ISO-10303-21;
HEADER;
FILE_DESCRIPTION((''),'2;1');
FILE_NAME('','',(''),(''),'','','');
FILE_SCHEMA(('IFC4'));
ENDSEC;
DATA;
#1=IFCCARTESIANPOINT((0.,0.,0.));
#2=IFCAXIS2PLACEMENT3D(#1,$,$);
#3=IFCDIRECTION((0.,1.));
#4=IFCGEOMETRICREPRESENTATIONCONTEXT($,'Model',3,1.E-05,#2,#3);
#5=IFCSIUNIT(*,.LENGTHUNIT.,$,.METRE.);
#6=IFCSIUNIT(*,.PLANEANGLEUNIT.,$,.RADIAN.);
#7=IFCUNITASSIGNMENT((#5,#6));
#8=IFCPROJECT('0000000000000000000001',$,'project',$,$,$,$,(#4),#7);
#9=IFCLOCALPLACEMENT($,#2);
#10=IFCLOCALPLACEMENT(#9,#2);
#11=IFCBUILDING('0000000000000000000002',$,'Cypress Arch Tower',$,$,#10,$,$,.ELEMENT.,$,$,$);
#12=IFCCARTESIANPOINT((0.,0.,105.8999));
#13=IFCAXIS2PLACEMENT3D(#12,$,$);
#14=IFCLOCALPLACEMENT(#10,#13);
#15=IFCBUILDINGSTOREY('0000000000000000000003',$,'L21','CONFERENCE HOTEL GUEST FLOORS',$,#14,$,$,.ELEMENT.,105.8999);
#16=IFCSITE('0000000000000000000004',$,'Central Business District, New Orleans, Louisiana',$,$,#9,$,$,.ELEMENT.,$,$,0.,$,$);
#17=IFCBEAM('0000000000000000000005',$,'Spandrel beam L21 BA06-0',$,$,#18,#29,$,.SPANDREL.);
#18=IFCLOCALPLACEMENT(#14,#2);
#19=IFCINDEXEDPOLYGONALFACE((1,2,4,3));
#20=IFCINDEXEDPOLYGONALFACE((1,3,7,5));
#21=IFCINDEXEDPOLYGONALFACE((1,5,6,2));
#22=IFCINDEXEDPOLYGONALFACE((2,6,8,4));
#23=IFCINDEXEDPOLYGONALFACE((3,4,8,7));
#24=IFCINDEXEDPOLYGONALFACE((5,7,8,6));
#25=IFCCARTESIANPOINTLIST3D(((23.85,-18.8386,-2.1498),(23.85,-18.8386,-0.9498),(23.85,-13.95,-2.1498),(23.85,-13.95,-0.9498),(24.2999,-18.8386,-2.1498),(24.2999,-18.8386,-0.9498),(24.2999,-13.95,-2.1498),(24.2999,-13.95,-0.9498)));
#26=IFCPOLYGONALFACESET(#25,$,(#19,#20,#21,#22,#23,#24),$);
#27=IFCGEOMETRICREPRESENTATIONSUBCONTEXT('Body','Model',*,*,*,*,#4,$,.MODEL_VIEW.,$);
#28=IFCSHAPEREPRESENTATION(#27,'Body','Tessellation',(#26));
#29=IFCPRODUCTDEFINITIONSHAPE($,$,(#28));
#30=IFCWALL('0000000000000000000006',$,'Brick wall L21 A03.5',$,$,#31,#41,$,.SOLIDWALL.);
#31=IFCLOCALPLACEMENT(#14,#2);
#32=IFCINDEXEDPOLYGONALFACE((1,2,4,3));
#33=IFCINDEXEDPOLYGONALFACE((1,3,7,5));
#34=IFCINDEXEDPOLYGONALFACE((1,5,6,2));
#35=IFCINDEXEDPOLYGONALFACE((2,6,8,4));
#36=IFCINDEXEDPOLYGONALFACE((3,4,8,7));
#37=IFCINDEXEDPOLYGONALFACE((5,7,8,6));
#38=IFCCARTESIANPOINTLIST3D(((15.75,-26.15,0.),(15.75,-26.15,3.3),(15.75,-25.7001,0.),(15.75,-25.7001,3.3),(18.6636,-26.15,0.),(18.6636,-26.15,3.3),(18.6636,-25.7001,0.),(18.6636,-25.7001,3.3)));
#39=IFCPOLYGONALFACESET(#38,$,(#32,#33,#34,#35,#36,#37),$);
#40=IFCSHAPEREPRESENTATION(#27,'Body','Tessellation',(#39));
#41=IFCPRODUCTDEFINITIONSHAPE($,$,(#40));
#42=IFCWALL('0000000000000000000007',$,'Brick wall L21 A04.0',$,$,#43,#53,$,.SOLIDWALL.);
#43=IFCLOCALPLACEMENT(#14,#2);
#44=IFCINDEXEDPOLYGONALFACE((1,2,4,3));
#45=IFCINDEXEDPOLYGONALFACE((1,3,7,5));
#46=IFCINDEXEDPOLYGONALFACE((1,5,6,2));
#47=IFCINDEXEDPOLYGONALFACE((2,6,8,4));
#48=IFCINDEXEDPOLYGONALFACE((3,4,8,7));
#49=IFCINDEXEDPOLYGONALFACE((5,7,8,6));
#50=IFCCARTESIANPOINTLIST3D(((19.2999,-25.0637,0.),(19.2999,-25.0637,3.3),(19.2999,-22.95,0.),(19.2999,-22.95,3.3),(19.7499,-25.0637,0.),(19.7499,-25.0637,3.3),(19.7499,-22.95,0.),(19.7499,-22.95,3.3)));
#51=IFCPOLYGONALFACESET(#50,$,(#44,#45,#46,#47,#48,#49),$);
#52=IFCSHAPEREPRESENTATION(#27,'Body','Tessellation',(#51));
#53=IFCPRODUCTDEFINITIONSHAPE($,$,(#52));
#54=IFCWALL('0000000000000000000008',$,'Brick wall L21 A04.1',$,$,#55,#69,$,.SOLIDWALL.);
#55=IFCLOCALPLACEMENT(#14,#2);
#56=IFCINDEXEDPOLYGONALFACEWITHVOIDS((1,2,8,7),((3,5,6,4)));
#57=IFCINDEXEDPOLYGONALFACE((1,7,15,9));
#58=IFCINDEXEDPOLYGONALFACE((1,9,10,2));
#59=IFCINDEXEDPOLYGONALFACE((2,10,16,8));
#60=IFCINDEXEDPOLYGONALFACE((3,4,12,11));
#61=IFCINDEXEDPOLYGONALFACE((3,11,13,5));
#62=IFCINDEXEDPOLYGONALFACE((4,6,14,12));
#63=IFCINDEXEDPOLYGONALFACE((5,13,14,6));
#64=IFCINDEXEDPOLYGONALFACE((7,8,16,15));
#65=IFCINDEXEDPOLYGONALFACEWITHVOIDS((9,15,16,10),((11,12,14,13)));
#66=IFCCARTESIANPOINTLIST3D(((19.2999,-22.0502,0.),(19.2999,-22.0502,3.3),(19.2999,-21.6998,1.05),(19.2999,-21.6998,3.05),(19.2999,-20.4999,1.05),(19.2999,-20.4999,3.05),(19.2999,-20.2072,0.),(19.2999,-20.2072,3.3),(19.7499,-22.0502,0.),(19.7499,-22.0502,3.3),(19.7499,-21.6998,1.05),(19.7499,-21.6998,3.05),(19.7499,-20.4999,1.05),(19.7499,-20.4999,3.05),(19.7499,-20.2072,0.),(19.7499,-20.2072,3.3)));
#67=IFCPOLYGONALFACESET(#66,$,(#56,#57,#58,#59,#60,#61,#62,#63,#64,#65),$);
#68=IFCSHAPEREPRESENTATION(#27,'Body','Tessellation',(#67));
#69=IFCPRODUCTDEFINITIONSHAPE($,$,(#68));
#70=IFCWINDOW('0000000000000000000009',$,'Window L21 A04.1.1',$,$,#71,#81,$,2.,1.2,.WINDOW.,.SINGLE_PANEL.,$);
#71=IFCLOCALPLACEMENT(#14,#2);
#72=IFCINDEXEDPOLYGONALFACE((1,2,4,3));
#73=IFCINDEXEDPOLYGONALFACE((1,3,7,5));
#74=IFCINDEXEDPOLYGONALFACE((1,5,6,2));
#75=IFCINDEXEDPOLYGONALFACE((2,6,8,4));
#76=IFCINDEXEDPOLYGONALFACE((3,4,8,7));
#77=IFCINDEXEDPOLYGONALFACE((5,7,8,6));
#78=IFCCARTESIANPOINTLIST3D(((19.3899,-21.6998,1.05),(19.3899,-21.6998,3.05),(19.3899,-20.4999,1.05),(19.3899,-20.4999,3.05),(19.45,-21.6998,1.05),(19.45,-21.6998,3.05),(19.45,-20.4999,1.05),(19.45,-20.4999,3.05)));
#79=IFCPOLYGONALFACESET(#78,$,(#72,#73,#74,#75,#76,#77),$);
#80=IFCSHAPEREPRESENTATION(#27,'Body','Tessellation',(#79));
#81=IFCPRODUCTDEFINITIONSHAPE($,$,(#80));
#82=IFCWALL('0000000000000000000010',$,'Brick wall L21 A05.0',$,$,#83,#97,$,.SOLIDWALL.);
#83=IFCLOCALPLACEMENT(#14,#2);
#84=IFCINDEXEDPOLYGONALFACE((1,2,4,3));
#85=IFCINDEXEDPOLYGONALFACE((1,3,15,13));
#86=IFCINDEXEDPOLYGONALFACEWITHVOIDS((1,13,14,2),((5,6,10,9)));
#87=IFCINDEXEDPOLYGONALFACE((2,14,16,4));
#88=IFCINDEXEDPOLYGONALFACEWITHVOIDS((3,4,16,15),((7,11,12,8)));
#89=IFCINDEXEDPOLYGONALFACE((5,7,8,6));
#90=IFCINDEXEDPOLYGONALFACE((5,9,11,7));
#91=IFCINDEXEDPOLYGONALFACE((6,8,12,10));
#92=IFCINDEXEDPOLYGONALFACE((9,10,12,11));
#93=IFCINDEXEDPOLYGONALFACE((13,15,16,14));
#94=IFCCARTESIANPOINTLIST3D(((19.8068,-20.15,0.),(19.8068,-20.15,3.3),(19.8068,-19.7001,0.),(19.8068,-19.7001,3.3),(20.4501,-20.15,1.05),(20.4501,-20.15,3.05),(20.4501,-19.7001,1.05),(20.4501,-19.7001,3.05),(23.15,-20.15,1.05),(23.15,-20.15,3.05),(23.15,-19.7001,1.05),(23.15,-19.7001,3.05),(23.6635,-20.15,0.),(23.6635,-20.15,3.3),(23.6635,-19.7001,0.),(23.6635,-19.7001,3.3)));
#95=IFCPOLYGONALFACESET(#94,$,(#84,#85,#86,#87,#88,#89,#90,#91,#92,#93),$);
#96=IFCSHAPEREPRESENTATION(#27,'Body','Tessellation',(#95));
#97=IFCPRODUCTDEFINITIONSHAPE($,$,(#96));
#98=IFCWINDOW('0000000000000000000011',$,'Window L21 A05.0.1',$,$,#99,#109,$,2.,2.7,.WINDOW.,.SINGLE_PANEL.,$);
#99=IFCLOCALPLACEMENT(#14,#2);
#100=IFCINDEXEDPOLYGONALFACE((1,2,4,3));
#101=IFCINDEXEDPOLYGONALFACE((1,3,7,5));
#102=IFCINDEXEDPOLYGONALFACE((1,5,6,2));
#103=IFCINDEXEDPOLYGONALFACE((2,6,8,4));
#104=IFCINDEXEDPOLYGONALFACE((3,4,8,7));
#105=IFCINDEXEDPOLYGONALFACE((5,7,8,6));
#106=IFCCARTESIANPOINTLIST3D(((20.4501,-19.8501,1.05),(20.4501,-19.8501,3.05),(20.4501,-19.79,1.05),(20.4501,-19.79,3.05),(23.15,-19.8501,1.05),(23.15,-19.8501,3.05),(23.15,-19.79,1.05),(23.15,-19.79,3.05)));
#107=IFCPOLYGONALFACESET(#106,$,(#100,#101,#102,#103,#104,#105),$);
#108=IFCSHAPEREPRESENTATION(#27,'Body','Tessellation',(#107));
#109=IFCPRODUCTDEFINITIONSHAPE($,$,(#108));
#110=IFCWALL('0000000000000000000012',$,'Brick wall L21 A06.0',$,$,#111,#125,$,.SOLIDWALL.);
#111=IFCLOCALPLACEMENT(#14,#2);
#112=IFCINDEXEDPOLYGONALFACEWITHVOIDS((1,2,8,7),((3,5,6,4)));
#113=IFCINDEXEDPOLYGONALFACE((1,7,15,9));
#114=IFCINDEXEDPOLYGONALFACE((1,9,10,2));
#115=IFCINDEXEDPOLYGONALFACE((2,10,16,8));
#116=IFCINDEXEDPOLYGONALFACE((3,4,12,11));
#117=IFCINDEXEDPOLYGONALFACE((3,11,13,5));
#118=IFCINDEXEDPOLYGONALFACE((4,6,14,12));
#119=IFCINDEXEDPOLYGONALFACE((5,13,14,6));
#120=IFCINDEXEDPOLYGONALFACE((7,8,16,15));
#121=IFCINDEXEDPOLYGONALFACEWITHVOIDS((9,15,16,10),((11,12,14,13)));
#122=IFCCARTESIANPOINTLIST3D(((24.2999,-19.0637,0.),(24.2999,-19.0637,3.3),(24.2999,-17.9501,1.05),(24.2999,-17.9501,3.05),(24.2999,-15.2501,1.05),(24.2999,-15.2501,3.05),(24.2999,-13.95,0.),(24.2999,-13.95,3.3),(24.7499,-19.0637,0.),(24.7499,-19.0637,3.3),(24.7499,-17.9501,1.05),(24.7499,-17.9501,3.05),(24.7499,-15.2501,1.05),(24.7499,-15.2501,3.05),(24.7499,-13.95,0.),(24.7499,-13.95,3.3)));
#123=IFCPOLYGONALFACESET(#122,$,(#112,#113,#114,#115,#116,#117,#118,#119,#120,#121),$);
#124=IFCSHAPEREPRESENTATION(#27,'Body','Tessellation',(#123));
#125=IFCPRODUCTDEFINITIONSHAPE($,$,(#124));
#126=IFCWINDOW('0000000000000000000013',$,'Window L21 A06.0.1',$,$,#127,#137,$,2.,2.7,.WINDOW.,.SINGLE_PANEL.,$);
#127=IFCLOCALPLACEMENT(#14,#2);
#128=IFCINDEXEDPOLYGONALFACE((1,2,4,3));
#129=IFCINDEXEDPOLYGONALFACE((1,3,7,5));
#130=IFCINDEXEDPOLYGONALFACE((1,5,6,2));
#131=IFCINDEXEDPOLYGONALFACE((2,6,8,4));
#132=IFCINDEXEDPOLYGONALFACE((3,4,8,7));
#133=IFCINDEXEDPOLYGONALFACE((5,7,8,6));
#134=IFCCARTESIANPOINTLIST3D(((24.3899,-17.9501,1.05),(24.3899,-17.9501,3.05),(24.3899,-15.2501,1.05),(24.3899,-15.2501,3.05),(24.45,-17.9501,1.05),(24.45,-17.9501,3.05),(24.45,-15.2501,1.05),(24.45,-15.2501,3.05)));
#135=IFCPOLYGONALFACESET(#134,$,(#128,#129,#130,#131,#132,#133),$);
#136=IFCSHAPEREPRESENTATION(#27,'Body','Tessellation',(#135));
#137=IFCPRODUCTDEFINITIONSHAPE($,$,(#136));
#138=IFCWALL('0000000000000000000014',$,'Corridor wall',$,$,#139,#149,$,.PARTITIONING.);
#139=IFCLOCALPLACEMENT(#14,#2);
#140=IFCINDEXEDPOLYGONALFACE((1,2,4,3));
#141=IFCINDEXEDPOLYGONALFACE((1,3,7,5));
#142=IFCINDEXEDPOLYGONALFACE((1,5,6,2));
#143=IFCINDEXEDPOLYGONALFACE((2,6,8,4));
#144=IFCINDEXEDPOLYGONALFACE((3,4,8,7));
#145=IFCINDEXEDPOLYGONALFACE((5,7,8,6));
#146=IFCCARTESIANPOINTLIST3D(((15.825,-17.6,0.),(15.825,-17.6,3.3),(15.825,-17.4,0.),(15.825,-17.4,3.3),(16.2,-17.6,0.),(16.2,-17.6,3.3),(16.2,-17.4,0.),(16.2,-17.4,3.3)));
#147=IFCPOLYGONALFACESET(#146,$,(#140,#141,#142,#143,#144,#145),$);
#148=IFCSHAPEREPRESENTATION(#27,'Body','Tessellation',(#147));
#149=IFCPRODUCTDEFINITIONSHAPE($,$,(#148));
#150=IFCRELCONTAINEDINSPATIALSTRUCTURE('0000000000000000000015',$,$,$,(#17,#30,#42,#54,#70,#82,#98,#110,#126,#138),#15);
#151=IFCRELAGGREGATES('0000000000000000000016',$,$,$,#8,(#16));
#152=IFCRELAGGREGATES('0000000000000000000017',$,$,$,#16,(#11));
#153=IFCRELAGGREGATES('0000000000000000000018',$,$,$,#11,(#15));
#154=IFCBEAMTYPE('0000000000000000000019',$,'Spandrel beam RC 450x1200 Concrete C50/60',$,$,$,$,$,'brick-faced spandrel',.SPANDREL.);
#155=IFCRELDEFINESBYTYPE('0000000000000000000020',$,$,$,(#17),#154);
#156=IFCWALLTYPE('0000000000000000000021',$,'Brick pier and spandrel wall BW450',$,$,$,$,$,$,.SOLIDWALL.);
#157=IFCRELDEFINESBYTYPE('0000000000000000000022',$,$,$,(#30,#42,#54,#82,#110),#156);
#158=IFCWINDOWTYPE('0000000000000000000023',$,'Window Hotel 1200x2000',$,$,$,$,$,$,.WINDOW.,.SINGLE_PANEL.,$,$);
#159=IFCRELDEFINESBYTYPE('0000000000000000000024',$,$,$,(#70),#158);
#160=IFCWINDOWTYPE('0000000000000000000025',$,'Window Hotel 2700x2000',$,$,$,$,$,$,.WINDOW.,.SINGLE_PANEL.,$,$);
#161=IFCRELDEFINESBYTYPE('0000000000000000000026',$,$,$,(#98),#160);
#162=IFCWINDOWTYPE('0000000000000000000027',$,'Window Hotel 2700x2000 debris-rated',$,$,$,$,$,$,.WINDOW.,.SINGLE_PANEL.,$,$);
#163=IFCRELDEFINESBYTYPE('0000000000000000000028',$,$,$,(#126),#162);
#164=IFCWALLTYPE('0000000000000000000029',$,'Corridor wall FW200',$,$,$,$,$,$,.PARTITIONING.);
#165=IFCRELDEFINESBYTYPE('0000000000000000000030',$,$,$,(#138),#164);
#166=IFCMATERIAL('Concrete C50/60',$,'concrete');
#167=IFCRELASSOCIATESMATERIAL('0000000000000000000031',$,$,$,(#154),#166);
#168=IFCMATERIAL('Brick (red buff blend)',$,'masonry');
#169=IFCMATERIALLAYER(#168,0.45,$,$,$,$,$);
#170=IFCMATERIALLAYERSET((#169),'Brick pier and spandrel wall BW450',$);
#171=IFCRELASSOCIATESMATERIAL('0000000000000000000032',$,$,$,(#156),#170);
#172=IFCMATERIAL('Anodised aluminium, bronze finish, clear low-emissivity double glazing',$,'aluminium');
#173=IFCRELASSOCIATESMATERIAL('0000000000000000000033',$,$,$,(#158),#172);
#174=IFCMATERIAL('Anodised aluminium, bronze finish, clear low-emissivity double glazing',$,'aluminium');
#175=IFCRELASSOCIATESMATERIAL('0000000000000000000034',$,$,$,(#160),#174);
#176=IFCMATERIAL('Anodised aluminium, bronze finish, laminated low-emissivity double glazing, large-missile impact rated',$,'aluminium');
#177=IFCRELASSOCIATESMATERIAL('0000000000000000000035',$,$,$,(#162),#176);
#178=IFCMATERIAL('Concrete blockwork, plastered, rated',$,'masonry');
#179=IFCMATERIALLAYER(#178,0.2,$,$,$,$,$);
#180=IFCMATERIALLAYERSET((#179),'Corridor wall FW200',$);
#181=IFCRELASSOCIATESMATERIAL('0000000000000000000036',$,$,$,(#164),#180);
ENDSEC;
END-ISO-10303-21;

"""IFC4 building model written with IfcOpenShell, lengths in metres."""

from ifc_helpers import new_model, si_unit, direction, frame, frame_2d, origin, origin_2d, place, context, subcontext, project, spatial, rectangle, extrude, material, layer, layer_set, material_profile, profile_set, type_object, element, fill, save


model = new_model("IFC4")

# Units and contexts
model_context = context("Model", 3, precision=1e-05, world=origin(), true_north=direction((0.0, 1.0)))
body_context = subcontext(model_context, "Body", "Model", "MODEL_VIEW")
ifc_project = project(units=[si_unit("LENGTHUNIT", "METRE"), si_unit("PLANEANGLEUNIT", "RADIAN")], contexts=[model_context])

# Site, building, storey
site_placement = place(None, origin())
site = spatial("IfcSite", under=ifc_project, at=site_placement, Name="Central Business District, New Orleans, Louisiana", CompositionType="ELEMENT", RefElevation=0.0)
building_placement = place(site_placement, origin())
building = spatial("IfcBuilding", under=site, at=building_placement, Name="Cypress Arch Tower", CompositionType="ELEMENT")
storey_placement = place(building_placement, frame((0.0, 0.0, 105.8999)))
storey = spatial("IfcBuildingStorey", under=building, at=storey_placement, Name="L21", Description="CONFERENCE HOTEL GUEST FLOORS", CompositionType="ELEMENT", Elevation=105.8999)

# Beam
ifc_material_1 = material(Name="Concrete C50/60", Category="concrete")
ifc_material_profile_1 = material_profile(ifc_material_1, rectangle(XDim=0.45, YDim=1.2, at=origin_2d()), Name="RC 450x1200")
ifc_profile_set_1 = profile_set([ifc_material_profile_1], Name="Concrete C50/60")
beam_type = type_object("IfcBeamType", Name="Spandrel beam RC 450x1200 Concrete C50/60", ElementType="brick-faced spandrel", PredefinedType="SPANDREL", material=ifc_profile_set_1)
beam_1_placement = place(storey_placement, frame((24.075, -18.8386, -1.5498), z_axis=(0.0, 1.0, 0.0), x_axis=(-1.0, 0.0, 0.0)))
element("IfcBeam", 1, at=beam_1_placement, inside=storey, type_object=beam_type, Name="Spandrel beam L21 BA06-0", PredefinedType="SPANDREL", context=body_context, shape_type="SweptSolid", body=[
    extrude(rectangle(XDim=0.45, YDim=1.2, at=origin_2d()), origin(), (0.0, 0.0, 1.0), 4.8887),
])

# Walls
ifc_material_2 = material(Name="Brick (red buff blend)", Category="masonry")
ifc_layer_1 = layer(ifc_material_2, 0.45)
ifc_layer_set_1 = layer_set([ifc_layer_1], Name="Brick pier and spandrel wall BW450")
wall_type_1 = type_object("IfcWallType", Name="Brick pier and spandrel wall BW450", PredefinedType="SOLIDWALL", material=ifc_layer_set_1)
wall_1_placement = place(storey_placement, frame((15.75, -25.925, 0.0), z_axis=(0.0, 0.0, 1.0), x_axis=(1.0, 0.0, 0.0)))
element("IfcWall", 2, at=wall_1_placement, inside=storey, type_object=wall_type_1, Name="Brick wall L21 A03.5", PredefinedType="SOLIDWALL", context=body_context, shape_type="SweptSolid", body=[
    extrude(rectangle(XDim=2.9136, YDim=0.45, at=frame_2d((1.4568, 0.0))), origin(), (0.0, 0.0, 1.0), 3.3),
])
wall_2_placement = place(storey_placement, frame((19.5249, -25.0637, 0.0), z_axis=(0.0, 0.0, 1.0), x_axis=(0.0, 1.0, 0.0)))
element("IfcWall", 3, at=wall_2_placement, inside=storey, type_object=wall_type_1, Name="Brick wall L21 A04.0", PredefinedType="SOLIDWALL", context=body_context, shape_type="SweptSolid", body=[
    extrude(rectangle(XDim=2.1138, YDim=0.45, at=frame_2d((1.0569, 0.0))), origin(), (0.0, 0.0, 1.0), 3.3),
])

# Walls, openings, windows
wall_3_placement = place(storey_placement, frame((19.5249, -22.05, 0.0), z_axis=(0.0, 0.0, 1.0), x_axis=(0.0, 1.0, 0.0)))
wall_3 = element("IfcWall", 4, at=wall_3_placement, inside=storey, type_object=wall_type_1, Name="Brick wall L21 A04.1", PredefinedType="SOLIDWALL", context=body_context, shape_type="SweptSolid", body=[
    extrude(rectangle(XDim=1.843, YDim=0.45, at=frame_2d((0.9214, 0.0))), origin(), (0.0, 0.0, 1.0), 3.3),
])
opening_1_placement = place(wall_3_placement, frame((0.3501, 0.0, 1.05)))
opening_1 = element("IfcOpeningElement", 5, at=opening_1_placement, cuts=wall_3, PredefinedType="OPENING", context=body_context, shape_type="SweptSolid", body=[
    extrude(rectangle(XDim=1.2, YDim=2.0, at=frame_2d((0.6001, 1.0))), frame((0.0, 0.2349, 0.0), z_axis=(0.0, -1.0, 0.0), x_axis=(1.0, 0.0, 0.0)), (0.0, 0.0, 1.0), 0.47),
])
ifc_material_3 = material(Name="Anodised aluminium, bronze finish, clear low-emissivity double glazing", Category="aluminium")
window_type_1 = type_object("IfcWindowType", Name="Window Hotel 1200x2000", PartitioningType="SINGLE_PANEL", PredefinedType="WINDOW", material=ifc_material_3)
window_1_placement = place(opening_1_placement, origin())
window_1 = element("IfcWindow", 6, at=window_1_placement, inside=storey, type_object=window_type_1, Name="Window L21 A04.1.1", OverallHeight=2.0, OverallWidth=1.2, PartitioningType="SINGLE_PANEL", PredefinedType="WINDOW", context=body_context, shape_type="SweptSolid", body=[
    extrude(rectangle(XDim=1.2, YDim=2.0, at=frame_2d((0.6001, 1.0))), frame((0.0, 0.135, 0.0), z_axis=(0.0, -1.0, 0.0), x_axis=(1.0, 0.0, 0.0)), (0.0, 0.0, 1.0), 0.0601),
])
fill(opening_1, window_1)
wall_4_placement = place(storey_placement, frame((19.8069, -19.925, 0.0), z_axis=(0.0, 0.0, 1.0), x_axis=(1.0, 0.0, 0.0)))
wall_4 = element("IfcWall", 7, at=wall_4_placement, inside=storey, type_object=wall_type_1, Name="Brick wall L21 A05.0", PredefinedType="SOLIDWALL", context=body_context, shape_type="SweptSolid", body=[
    extrude(rectangle(XDim=3.8567, YDim=0.45, at=frame_2d((1.9282, 0.0))), origin(), (0.0, 0.0, 1.0), 3.3),
])
opening_2_placement = place(wall_4_placement, frame((0.6431, 0.0, 1.05)))
opening_2 = element("IfcOpeningElement", 8, at=opening_2_placement, cuts=wall_4, PredefinedType="OPENING", context=body_context, shape_type="SweptSolid", body=[
    extrude(rectangle(XDim=2.7, YDim=2.0, at=frame_2d((1.3501, 1.0))), frame((0.0, 0.2349, 0.0), z_axis=(0.0, -1.0, 0.0), x_axis=(1.0, 0.0, 0.0)), (0.0, 0.0, 1.0), 0.47),
])
ifc_material_4 = material(Name="Anodised aluminium, bronze finish, clear low-emissivity double glazing", Category="aluminium")
window_type_2 = type_object("IfcWindowType", Name="Window Hotel 2700x2000", PartitioningType="SINGLE_PANEL", PredefinedType="WINDOW", material=ifc_material_4)
window_2_placement = place(opening_2_placement, origin())
window_2 = element("IfcWindow", 9, at=window_2_placement, inside=storey, type_object=window_type_2, Name="Window L21 A05.0.1", OverallHeight=2.0, OverallWidth=2.7, PartitioningType="SINGLE_PANEL", PredefinedType="WINDOW", context=body_context, shape_type="SweptSolid", body=[
    extrude(rectangle(XDim=2.7, YDim=2.0, at=frame_2d((1.3501, 1.0))), frame((0.0, 0.135, 0.0), z_axis=(0.0, -1.0, 0.0), x_axis=(1.0, 0.0, 0.0)), (0.0, 0.0, 1.0), 0.0601),
])
fill(opening_2, window_2)
wall_5_placement = place(storey_placement, frame((24.5249, -19.0637, 0.0), z_axis=(0.0, 0.0, 1.0), x_axis=(0.0, 1.0, 0.0)))
wall_5 = element("IfcWall", 10, at=wall_5_placement, inside=storey, type_object=wall_type_1, Name="Brick wall L21 A06.0", PredefinedType="SOLIDWALL", context=body_context, shape_type="SweptSolid", body=[
    extrude(rectangle(XDim=5.1138, YDim=0.45, at=frame_2d((2.5569, 0.0))), origin(), (0.0, 0.0, 1.0), 3.3),
])
opening_3_placement = place(wall_5_placement, frame((1.1135, 0.0, 1.05)))
opening_3 = element("IfcOpeningElement", 11, at=opening_3_placement, cuts=wall_5, PredefinedType="OPENING", context=body_context, shape_type="SweptSolid", body=[
    extrude(rectangle(XDim=2.7, YDim=2.0, at=frame_2d((1.3501, 1.0))), frame((0.0, 0.2349, 0.0), z_axis=(0.0, -1.0, 0.0), x_axis=(1.0, 0.0, 0.0)), (0.0, 0.0, 1.0), 0.47),
])
ifc_material_5 = material(Name="Anodised aluminium, bronze finish, laminated low-emissivity double glazing, large-missile impact rated", Category="aluminium")
window_type_3 = type_object("IfcWindowType", Name="Window Hotel 2700x2000 debris-rated", PartitioningType="SINGLE_PANEL", PredefinedType="WINDOW", material=ifc_material_5)
window_3_placement = place(opening_3_placement, origin())
window_3 = element("IfcWindow", 12, at=window_3_placement, inside=storey, type_object=window_type_3, Name="Window L21 A06.0.1", OverallHeight=2.0, OverallWidth=2.7, PartitioningType="SINGLE_PANEL", PredefinedType="WINDOW", context=body_context, shape_type="SweptSolid", body=[
    extrude(rectangle(XDim=2.7, YDim=2.0, at=frame_2d((1.3501, 1.0))), frame((0.0, 0.135, 0.0), z_axis=(0.0, -1.0, 0.0), x_axis=(1.0, 0.0, 0.0)), (0.0, 0.0, 1.0), 0.0601),
])
fill(opening_3, window_3)

# Wall
ifc_material_6 = material(Name="Concrete blockwork, plastered, rated", Category="masonry")
ifc_layer_2 = layer(ifc_material_6, 0.2)
ifc_layer_set_2 = layer_set([ifc_layer_2], Name="Corridor wall FW200")
wall_type_2 = type_object("IfcWallType", Name="Corridor wall FW200", PredefinedType="PARTITIONING", material=ifc_layer_set_2)
wall_6_placement = place(storey_placement, frame((15.825, -17.5, 0.0), z_axis=(0.0, 0.0, 1.0), x_axis=(1.0, 0.0, 0.0)))
element("IfcWall", 13, at=wall_6_placement, inside=storey, type_object=wall_type_2, Name="Corridor wall", PredefinedType="PARTITIONING", context=body_context, shape_type="SweptSolid", body=[
    extrude(rectangle(XDim=0.375, YDim=0.2, at=frame_2d((0.1875, 0.0))), origin(), (0.0, 0.0, 1.0), 3.3),
])

save(model, "model.ifc")
